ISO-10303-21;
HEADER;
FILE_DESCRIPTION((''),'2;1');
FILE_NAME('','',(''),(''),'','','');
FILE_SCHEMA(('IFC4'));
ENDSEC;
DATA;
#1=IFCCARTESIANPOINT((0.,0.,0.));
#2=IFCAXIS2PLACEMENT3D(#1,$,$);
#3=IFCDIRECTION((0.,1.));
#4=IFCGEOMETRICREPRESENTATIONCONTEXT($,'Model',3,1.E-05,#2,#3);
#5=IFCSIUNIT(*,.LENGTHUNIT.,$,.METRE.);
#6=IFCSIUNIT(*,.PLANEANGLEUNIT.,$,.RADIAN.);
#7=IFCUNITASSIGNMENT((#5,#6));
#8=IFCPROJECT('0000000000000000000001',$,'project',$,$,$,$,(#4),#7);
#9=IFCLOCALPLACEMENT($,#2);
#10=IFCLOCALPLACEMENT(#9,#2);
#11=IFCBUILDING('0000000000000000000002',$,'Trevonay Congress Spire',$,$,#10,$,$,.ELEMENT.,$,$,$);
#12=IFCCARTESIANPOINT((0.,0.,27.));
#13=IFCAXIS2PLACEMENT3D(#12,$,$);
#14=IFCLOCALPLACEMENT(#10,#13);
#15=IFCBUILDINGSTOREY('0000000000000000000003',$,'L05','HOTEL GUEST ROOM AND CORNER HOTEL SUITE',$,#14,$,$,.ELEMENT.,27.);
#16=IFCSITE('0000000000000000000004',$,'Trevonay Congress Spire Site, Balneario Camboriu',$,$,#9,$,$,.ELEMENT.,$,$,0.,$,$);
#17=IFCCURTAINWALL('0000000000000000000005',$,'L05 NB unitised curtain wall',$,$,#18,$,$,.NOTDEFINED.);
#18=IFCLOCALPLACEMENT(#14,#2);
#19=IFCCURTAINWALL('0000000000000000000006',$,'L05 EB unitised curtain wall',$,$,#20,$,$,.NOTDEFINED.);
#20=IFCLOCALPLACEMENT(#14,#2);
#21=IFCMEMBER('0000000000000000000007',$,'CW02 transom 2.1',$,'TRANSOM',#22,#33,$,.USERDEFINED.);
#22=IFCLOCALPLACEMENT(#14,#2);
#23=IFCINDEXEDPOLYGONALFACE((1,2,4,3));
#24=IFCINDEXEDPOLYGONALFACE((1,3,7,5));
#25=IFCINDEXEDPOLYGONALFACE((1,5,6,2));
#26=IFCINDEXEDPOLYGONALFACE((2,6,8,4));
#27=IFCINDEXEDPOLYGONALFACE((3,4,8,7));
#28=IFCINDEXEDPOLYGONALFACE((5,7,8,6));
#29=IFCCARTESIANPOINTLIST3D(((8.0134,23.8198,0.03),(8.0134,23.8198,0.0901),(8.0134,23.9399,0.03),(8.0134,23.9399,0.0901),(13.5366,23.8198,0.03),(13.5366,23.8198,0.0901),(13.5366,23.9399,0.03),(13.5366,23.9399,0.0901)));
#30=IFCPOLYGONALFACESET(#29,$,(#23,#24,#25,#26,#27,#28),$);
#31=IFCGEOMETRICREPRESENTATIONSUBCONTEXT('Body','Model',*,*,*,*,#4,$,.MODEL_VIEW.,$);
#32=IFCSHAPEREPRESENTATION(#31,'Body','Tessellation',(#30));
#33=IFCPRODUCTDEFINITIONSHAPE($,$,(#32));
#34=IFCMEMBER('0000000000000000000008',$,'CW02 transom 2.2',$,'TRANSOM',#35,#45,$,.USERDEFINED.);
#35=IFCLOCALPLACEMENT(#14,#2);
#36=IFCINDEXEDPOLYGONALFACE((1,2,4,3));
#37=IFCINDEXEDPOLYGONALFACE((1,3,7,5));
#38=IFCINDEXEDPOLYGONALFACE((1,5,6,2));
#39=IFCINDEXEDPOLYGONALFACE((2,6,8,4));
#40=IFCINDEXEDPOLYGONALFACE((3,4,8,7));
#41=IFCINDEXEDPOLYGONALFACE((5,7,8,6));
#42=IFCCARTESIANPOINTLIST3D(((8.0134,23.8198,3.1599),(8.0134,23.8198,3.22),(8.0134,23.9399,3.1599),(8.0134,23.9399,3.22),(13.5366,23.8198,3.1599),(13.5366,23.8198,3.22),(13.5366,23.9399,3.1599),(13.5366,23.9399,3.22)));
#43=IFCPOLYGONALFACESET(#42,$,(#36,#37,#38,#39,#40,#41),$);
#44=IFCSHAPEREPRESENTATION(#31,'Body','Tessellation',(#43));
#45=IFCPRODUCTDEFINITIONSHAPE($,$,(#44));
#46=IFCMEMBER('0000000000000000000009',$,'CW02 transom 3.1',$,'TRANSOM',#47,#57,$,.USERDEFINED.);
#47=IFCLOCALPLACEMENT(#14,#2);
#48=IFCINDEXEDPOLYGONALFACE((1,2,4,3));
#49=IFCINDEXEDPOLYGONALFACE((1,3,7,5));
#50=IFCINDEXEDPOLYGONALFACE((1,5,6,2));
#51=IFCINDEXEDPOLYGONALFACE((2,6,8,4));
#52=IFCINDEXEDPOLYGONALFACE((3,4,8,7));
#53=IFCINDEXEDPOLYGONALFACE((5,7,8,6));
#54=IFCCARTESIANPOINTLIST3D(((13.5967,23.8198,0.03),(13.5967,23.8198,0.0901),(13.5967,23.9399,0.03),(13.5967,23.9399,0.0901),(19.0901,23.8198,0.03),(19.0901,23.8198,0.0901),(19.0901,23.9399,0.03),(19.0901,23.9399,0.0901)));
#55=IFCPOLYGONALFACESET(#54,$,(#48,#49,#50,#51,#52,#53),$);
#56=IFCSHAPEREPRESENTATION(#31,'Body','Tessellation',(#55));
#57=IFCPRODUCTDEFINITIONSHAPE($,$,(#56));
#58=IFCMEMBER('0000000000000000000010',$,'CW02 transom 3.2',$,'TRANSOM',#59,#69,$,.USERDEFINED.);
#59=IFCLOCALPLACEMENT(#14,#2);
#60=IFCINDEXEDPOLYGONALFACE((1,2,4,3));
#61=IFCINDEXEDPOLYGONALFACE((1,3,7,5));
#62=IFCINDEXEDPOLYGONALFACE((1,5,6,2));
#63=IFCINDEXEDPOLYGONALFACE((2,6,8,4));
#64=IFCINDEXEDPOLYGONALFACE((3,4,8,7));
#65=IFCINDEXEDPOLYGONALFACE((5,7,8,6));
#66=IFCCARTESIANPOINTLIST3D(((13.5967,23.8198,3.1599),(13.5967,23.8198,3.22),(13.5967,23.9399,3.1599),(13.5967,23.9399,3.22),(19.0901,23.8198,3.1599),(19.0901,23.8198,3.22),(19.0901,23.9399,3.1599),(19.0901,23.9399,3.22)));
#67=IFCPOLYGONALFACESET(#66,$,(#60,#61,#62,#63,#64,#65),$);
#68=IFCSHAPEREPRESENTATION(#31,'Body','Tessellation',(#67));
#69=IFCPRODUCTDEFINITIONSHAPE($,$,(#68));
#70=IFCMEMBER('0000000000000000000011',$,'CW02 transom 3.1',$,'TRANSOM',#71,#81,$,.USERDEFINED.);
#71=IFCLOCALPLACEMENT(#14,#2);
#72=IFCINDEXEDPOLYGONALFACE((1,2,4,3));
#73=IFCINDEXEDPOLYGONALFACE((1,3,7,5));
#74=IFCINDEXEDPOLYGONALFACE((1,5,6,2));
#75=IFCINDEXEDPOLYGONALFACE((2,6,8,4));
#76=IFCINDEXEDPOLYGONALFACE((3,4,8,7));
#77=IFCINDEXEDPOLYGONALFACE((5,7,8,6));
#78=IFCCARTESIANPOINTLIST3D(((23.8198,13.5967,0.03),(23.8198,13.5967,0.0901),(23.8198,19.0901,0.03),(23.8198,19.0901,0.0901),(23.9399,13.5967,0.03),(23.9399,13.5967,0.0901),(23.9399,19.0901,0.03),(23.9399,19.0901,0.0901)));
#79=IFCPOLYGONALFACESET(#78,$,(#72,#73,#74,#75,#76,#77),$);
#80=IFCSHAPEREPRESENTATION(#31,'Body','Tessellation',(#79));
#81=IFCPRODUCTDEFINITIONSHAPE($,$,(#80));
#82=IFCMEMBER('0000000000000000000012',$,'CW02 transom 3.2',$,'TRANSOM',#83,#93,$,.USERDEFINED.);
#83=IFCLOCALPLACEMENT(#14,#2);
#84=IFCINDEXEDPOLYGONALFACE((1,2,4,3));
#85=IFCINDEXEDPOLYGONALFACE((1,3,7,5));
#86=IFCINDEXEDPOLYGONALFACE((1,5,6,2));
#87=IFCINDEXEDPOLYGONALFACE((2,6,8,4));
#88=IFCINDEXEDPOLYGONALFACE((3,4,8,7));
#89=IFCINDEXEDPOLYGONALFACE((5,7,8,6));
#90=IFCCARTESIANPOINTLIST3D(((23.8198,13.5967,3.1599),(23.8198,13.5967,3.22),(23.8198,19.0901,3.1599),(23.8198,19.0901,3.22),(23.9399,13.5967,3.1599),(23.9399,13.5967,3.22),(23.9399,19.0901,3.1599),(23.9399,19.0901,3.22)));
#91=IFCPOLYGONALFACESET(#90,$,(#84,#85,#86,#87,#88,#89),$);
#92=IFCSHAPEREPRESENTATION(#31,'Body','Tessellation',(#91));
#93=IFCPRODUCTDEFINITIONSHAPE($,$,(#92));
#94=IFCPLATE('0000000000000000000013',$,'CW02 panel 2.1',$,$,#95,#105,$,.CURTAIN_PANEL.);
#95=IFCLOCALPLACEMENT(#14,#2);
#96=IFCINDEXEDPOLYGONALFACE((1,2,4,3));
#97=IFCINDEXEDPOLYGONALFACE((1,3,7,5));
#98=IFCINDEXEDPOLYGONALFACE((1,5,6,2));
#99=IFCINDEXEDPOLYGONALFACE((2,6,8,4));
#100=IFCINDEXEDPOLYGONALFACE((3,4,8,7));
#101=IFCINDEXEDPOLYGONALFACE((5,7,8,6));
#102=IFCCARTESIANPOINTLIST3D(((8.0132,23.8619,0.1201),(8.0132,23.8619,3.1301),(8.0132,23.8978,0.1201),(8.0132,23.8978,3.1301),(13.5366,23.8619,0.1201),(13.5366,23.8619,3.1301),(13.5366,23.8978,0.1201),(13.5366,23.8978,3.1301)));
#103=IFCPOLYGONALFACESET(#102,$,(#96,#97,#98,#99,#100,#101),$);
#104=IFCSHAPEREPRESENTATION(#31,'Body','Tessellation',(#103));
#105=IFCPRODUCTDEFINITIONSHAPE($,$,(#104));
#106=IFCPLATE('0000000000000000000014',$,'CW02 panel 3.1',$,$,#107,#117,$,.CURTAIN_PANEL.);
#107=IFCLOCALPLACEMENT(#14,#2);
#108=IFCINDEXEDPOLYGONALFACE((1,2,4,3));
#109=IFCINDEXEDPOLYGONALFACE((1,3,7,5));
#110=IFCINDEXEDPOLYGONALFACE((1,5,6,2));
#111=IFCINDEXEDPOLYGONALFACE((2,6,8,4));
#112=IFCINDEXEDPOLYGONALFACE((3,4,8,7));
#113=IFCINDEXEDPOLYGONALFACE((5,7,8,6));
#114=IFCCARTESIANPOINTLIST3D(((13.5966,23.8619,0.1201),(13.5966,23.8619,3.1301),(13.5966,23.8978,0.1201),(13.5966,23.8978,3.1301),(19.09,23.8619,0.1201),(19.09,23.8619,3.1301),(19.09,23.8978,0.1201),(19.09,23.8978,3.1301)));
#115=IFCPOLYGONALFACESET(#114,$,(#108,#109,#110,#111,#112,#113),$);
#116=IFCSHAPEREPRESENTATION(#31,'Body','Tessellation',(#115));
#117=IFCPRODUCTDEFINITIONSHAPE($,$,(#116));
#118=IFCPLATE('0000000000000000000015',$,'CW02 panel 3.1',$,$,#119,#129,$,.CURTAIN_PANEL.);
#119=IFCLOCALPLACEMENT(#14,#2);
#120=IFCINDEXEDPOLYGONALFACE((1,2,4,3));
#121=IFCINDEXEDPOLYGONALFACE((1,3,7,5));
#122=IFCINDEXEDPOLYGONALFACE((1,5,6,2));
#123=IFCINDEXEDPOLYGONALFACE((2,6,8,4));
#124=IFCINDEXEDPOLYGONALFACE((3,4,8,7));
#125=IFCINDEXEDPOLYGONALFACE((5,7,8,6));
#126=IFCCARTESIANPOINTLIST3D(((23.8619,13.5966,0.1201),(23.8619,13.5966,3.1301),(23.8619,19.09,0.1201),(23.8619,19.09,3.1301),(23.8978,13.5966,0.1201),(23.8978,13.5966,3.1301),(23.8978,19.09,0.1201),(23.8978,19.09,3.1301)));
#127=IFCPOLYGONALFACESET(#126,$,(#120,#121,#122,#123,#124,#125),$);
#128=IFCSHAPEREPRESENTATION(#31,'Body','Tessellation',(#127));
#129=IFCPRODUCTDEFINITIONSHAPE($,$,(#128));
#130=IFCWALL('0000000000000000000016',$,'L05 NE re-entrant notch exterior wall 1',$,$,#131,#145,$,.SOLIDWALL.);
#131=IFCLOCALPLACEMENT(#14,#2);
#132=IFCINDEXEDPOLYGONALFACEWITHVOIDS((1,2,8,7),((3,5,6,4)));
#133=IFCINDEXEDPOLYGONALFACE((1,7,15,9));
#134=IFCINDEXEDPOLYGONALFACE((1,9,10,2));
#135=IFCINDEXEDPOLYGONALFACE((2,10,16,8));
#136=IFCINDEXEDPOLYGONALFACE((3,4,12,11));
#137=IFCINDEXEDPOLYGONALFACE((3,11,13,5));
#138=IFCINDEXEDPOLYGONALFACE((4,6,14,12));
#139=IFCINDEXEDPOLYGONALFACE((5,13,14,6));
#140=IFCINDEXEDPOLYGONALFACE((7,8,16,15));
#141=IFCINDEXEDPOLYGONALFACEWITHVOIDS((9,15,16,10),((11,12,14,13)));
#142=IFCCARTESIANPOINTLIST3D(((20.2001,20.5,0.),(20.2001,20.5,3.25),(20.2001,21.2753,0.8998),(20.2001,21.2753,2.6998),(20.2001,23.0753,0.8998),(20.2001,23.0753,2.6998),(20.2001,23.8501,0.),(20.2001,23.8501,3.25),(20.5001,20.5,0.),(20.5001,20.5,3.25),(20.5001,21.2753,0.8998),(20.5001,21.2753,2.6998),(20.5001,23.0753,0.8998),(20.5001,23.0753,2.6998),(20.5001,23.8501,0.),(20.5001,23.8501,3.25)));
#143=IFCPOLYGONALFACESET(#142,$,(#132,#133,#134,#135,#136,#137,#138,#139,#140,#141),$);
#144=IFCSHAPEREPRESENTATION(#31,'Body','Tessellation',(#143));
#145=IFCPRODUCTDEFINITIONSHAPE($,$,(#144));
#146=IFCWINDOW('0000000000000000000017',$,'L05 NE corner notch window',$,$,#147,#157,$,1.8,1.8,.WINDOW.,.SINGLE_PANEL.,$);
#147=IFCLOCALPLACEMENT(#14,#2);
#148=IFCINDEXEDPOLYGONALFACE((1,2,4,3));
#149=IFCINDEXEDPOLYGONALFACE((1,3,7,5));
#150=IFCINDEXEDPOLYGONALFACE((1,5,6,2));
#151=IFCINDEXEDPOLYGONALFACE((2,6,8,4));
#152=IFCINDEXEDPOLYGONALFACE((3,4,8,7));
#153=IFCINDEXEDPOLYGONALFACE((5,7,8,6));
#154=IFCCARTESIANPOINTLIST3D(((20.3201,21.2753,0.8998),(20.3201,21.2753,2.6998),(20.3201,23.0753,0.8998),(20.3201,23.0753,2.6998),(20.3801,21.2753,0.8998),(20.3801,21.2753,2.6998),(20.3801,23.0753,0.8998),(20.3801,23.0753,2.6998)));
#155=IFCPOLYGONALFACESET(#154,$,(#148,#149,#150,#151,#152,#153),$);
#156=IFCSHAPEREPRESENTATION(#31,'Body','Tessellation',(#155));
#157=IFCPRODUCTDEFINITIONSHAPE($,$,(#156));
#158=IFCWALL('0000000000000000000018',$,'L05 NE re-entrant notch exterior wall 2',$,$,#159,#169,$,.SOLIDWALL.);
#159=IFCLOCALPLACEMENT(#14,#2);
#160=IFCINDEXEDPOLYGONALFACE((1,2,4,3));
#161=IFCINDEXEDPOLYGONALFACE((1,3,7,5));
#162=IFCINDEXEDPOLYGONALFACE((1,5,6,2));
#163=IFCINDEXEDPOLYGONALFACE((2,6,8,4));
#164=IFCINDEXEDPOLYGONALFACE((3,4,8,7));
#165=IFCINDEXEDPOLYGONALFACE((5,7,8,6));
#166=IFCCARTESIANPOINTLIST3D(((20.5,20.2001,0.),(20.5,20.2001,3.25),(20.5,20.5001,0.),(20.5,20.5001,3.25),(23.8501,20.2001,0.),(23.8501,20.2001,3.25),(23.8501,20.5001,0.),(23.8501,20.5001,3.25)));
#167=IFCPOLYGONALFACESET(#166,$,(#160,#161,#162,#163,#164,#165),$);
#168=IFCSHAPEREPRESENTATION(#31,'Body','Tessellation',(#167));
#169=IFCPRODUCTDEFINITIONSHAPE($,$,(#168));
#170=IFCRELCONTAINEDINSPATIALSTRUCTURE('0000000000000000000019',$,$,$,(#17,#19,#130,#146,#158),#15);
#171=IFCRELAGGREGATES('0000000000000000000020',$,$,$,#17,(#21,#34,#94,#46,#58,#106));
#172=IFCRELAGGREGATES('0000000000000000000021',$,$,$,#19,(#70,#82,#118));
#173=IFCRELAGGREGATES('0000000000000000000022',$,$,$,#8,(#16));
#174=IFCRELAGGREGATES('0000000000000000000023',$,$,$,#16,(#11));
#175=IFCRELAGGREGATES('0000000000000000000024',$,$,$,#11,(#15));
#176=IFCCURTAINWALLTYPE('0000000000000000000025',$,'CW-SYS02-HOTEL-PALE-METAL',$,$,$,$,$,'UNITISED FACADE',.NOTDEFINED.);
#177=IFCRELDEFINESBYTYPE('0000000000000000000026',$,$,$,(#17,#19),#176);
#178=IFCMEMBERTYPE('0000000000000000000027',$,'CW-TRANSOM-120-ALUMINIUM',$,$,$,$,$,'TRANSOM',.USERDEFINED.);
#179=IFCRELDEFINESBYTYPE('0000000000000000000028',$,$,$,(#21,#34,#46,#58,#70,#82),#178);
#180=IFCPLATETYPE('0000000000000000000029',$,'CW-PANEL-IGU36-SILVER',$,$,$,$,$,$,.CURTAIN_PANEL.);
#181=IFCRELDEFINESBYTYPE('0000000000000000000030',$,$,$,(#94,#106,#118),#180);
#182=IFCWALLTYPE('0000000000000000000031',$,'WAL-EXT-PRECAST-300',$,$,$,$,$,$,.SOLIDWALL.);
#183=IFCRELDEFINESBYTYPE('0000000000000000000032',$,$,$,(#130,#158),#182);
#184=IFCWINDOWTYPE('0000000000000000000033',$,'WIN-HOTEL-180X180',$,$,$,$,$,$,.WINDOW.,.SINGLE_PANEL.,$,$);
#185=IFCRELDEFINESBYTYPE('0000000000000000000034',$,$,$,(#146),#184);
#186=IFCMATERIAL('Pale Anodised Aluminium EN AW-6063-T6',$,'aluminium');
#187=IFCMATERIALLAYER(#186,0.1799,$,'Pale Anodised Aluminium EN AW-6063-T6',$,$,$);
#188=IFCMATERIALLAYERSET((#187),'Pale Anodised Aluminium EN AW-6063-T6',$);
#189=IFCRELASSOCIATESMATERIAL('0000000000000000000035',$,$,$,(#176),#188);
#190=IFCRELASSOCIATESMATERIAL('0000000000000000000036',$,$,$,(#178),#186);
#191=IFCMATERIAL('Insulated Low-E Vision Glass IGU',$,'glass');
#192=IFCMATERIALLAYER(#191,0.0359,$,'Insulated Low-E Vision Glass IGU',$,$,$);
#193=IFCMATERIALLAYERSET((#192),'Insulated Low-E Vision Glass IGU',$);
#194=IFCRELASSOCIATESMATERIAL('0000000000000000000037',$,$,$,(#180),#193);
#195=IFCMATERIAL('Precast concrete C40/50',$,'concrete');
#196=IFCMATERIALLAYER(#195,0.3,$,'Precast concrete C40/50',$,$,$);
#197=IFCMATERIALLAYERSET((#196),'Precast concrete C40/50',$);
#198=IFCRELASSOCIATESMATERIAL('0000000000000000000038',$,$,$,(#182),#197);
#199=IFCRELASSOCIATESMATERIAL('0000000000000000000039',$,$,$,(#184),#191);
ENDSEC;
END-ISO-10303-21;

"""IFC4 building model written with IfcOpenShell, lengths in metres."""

from ifc_helpers import new_model, si_unit, direction, frame, frame_2d, origin, origin_2d, place, context, subcontext, project, spatial, rectangle, extrude, material, layer, layer_set, material_profile, profile_set, type_object, element, fill, aggregate, save


model = new_model("IFC4")

# Units and contexts
model_context = context("Model", 3, precision=1e-05, world=origin(), true_north=direction((0.0, 1.0)))
body_context = subcontext(model_context, "Body", "Model", "MODEL_VIEW")
ifc_project = project(units=[si_unit("LENGTHUNIT", "METRE"), si_unit("PLANEANGLEUNIT", "RADIAN")], contexts=[model_context])

# Site, building, storey
site_placement = place(None, origin())
site = spatial("IfcSite", under=ifc_project, at=site_placement, Name="Trevonay Congress Spire Site, Balneario Camboriu", CompositionType="ELEMENT", RefElevation=0.0)
building_placement = place(site_placement, origin())
building = spatial("IfcBuilding", under=site, at=building_placement, Name="Trevonay Congress Spire", CompositionType="ELEMENT")
storey_placement = place(building_placement, frame((0.0, 0.0, 27.0)))
storey = spatial("IfcBuildingStorey", under=building, at=storey_placement, Name="L05", Description="HOTEL GUEST ROOM AND CORNER HOTEL SUITE", CompositionType="ELEMENT", Elevation=27.0)

# Curtain walls
ifc_material_1 = material(Name="Pale Anodised Aluminium EN AW-6063-T6", Category="aluminium")
ifc_layer_1 = layer(ifc_material_1, 0.1799, Name="Pale Anodised Aluminium EN AW-6063-T6")
ifc_layer_set_1 = layer_set([ifc_layer_1], Name="Pale Anodised Aluminium EN AW-6063-T6")
curtain_wall_type = type_object("IfcCurtainWallType", Name="CW-SYS02-HOTEL-PALE-METAL", ElementType="UNITISED FACADE", PredefinedType="NOTDEFINED", material=ifc_layer_set_1)
curtain_wall_1_placement = place(storey_placement, origin())
curtain_wall_1 = element("IfcCurtainWall", 1, at=curtain_wall_1_placement, inside=storey, type_object=curtain_wall_type, Name="L05 NB unitised curtain wall", PredefinedType="NOTDEFINED")
curtain_wall_2_placement = place(storey_placement, origin())
curtain_wall_2 = element("IfcCurtainWall", 2, at=curtain_wall_2_placement, inside=storey, type_object=curtain_wall_type, Name="L05 EB unitised curtain wall", PredefinedType="NOTDEFINED")

# Members
ifc_material_profile_1 = material_profile(ifc_material_1, rectangle(XDim=0.1201, YDim=0.0601, at=origin_2d()), Name="CW-TRANSOM-120-ALUMINIUM")
ifc_profile_set_1 = profile_set([ifc_material_profile_1], Name="Pale Anodised Aluminium EN AW-6063-T6")
member_type_1 = type_object("IfcMemberType", Name="CW-TRANSOM-120-ALUMINIUM", ElementType="TRANSOM", PredefinedType="USERDEFINED", material=ifc_profile_set_1)
member_1_placement = place(storey_placement, frame((8.0134, 23.8799, 0.0601), z_axis=(1.0, 0.0, 0.0), x_axis=(0.0, 1.0, 0.0)))
member_1 = element("IfcMember", 3, at=member_1_placement, type_object=member_type_1, Name="CW02 transom 2.1", ObjectType="TRANSOM", PredefinedType="USERDEFINED", context=body_context, shape_type="SweptSolid", body=[
    extrude(rectangle(XDim=0.1201, YDim=0.0601, at=origin_2d()), origin(), (0.0, 0.0, 1.0), 5.5232),
])
member_2_placement = place(storey_placement, frame((8.0134, 23.8799, 3.1899), z_axis=(1.0, 0.0, 0.0), x_axis=(0.0, 1.0, 0.0)))
member_2 = element("IfcMember", 4, at=member_2_placement, type_object=member_type_1, Name="CW02 transom 2.2", ObjectType="TRANSOM", PredefinedType="USERDEFINED", context=body_context, shape_type="SweptSolid", body=[
    extrude(rectangle(XDim=0.1201, YDim=0.0601, at=origin_2d()), origin(), (0.0, 0.0, 1.0), 5.5232),
])
member_3_placement = place(storey_placement, frame((13.5967, 23.8799, 0.0601), z_axis=(1.0, 0.0, 0.0), x_axis=(0.0, 1.0, 0.0)))
member_3 = element("IfcMember", 5, at=member_3_placement, type_object=member_type_1, Name="CW02 transom 3.1", ObjectType="TRANSOM", PredefinedType="USERDEFINED", context=body_context, shape_type="SweptSolid", body=[
    extrude(rectangle(XDim=0.1201, YDim=0.0601, at=origin_2d()), origin(), (0.0, 0.0, 1.0), 5.4934),
])
member_4_placement = place(storey_placement, frame((13.5967, 23.8799, 3.1899), z_axis=(1.0, 0.0, 0.0), x_axis=(0.0, 1.0, 0.0)))
member_4 = element("IfcMember", 6, at=member_4_placement, type_object=member_type_1, Name="CW02 transom 3.2", ObjectType="TRANSOM", PredefinedType="USERDEFINED", context=body_context, shape_type="SweptSolid", body=[
    extrude(rectangle(XDim=0.1201, YDim=0.0601, at=origin_2d()), origin(), (0.0, 0.0, 1.0), 5.4934),
])
member_5_placement = place(storey_placement, frame((23.8799, 13.5967, 0.0601), z_axis=(0.0, 1.0, 0.0), x_axis=(-1.0, 0.0, 0.0)))
member_5 = element("IfcMember", 7, at=member_5_placement, type_object=member_type_1, Name="CW02 transom 3.1", ObjectType="TRANSOM", PredefinedType="USERDEFINED", context=body_context, shape_type="SweptSolid", body=[
    extrude(rectangle(XDim=0.1201, YDim=0.0601, at=origin_2d()), origin(), (0.0, 0.0, 1.0), 5.4934),
])
member_6_placement = place(storey_placement, frame((23.8799, 13.5967, 3.1899), z_axis=(0.0, 1.0, 0.0), x_axis=(-1.0, 0.0, 0.0)))
member_6 = element("IfcMember", 8, at=member_6_placement, type_object=member_type_1, Name="CW02 transom 3.2", ObjectType="TRANSOM", PredefinedType="USERDEFINED", context=body_context, shape_type="SweptSolid", body=[
    extrude(rectangle(XDim=0.1201, YDim=0.0601, at=origin_2d()), origin(), (0.0, 0.0, 1.0), 5.4934),
])

# Plates
ifc_material_2 = material(Name="Insulated Low-E Vision Glass IGU", Category="glass")
ifc_layer_2 = layer(ifc_material_2, 0.0359, Name="Insulated Low-E Vision Glass IGU")
ifc_layer_set_2 = layer_set([ifc_layer_2], Name="Insulated Low-E Vision Glass IGU")
plate_type = type_object("IfcPlateType", Name="CW-PANEL-IGU36-SILVER", PredefinedType="CURTAIN_PANEL", material=ifc_layer_set_2)
plate_1_placement = place(storey_placement, frame((10.7749, 23.8799, 0.1201), z_axis=(0.0, 0.0, 1.0), x_axis=(1.0, 0.0, 0.0)))
plate_1 = element("IfcPlate", 9, at=plate_1_placement, type_object=plate_type, Name="CW02 panel 2.1", PredefinedType="CURTAIN_PANEL", context=body_context, shape_type="SweptSolid", body=[
    extrude(rectangle(XDim=5.5234, YDim=0.0359, at=origin_2d()), origin(), (0.0, 0.0, 1.0), 3.01),
])
plate_2_placement = place(storey_placement, frame((16.3433, 23.8799, 0.1201), z_axis=(0.0, 0.0, 1.0), x_axis=(1.0, 0.0, 0.0)))
plate_2 = element("IfcPlate", 10, at=plate_2_placement, type_object=plate_type, Name="CW02 panel 3.1", PredefinedType="CURTAIN_PANEL", context=body_context, shape_type="SweptSolid", body=[
    extrude(rectangle(XDim=5.4934, YDim=0.0359, at=origin_2d()), origin(), (0.0, 0.0, 1.0), 3.01),
])
aggregate(curtain_wall_1, [member_1, member_2, plate_1, member_3, member_4, plate_2])
plate_3_placement = place(storey_placement, frame((23.8799, 16.3433, 0.1201), z_axis=(0.0, 0.0, 1.0), x_axis=(0.0, 1.0, 0.0)))
plate_3 = element("IfcPlate", 11, at=plate_3_placement, type_object=plate_type, Name="CW02 panel 3.1", PredefinedType="CURTAIN_PANEL", context=body_context, shape_type="SweptSolid", body=[
    extrude(rectangle(XDim=5.4934, YDim=0.0359, at=origin_2d()), origin(), (0.0, 0.0, 1.0), 3.01),
])
aggregate(curtain_wall_2, [member_5, member_6, plate_3])

# Wall, opening, window
ifc_material_3 = material(Name="Precast concrete C40/50", Category="concrete")
ifc_layer_3 = layer(ifc_material_3, 0.3, Name="Precast concrete C40/50")
ifc_layer_set_3 = layer_set([ifc_layer_3], Name="Precast concrete C40/50")
wall_type = type_object("IfcWallType", Name="WAL-EXT-PRECAST-300", PredefinedType="SOLIDWALL", material=ifc_layer_set_3)
wall_1_placement = place(storey_placement, frame((20.3501, 23.8501, 0.0), z_axis=(0.0, 0.0, 1.0), x_axis=(0.0, -1.0, 0.0)))
wall_1 = element("IfcWall", 12, at=wall_1_placement, inside=storey, type_object=wall_type, Name="L05 NE re-entrant notch exterior wall 1", PredefinedType="SOLIDWALL", context=body_context, shape_type="SweptSolid", body=[
    extrude(rectangle(XDim=3.3501, YDim=0.3, at=frame_2d((1.675, 0.0))), origin(), (0.0, 0.0, 1.0), 3.25),
])
opening_placement = place(wall_1_placement, frame((0.7749, 0.0, 0.8999)))
opening = element("IfcOpeningElement", 13, at=opening_placement, cuts=wall_1, PredefinedType="OPENING", context=body_context, shape_type="SweptSolid", body=[
    extrude(rectangle(XDim=1.8, YDim=1.8, at=frame_2d((0.8999, 0.8999))), frame((0.0, 0.1602, 0.0), z_axis=(0.0, -1.0, 0.0), x_axis=(1.0, 0.0, 0.0)), (0.0, 0.0, 1.0), 0.3201),
])
window_type = type_object("IfcWindowType", Name="WIN-HOTEL-180X180", PartitioningType="SINGLE_PANEL", PredefinedType="WINDOW", material=ifc_material_2)
window_placement = place(opening_placement, origin())
window = element("IfcWindow", 14, at=window_placement, inside=storey, type_object=window_type, Name="L05 NE corner notch window", OverallHeight=1.8, OverallWidth=1.8, PartitioningType="SINGLE_PANEL", PredefinedType="WINDOW", context=body_context, shape_type="SweptSolid", body=[
    extrude(rectangle(XDim=1.8, YDim=1.8, at=frame_2d((0.8999, 0.8999))), frame((0.0, 0.03, 0.0), z_axis=(0.0, -1.0, 0.0), x_axis=(1.0, 0.0, 0.0)), (0.0, 0.0, 1.0), 0.0601),
])
fill(opening, window)

# Wall
wall_2_placement = place(storey_placement, frame((23.8501, 20.3501, 0.0), z_axis=(0.0, 0.0, 1.0), x_axis=(-1.0, 0.0, 0.0)))
element("IfcWall", 15, at=wall_2_placement, inside=storey, type_object=wall_type, Name="L05 NE re-entrant notch exterior wall 2", PredefinedType="SOLIDWALL", context=body_context, shape_type="SweptSolid", body=[
    extrude(rectangle(XDim=3.3501, YDim=0.3, at=frame_2d((1.675, 0.0))), origin(), (0.0, 0.0, 1.0), 3.25),
])

save(model, "model.ifc")
